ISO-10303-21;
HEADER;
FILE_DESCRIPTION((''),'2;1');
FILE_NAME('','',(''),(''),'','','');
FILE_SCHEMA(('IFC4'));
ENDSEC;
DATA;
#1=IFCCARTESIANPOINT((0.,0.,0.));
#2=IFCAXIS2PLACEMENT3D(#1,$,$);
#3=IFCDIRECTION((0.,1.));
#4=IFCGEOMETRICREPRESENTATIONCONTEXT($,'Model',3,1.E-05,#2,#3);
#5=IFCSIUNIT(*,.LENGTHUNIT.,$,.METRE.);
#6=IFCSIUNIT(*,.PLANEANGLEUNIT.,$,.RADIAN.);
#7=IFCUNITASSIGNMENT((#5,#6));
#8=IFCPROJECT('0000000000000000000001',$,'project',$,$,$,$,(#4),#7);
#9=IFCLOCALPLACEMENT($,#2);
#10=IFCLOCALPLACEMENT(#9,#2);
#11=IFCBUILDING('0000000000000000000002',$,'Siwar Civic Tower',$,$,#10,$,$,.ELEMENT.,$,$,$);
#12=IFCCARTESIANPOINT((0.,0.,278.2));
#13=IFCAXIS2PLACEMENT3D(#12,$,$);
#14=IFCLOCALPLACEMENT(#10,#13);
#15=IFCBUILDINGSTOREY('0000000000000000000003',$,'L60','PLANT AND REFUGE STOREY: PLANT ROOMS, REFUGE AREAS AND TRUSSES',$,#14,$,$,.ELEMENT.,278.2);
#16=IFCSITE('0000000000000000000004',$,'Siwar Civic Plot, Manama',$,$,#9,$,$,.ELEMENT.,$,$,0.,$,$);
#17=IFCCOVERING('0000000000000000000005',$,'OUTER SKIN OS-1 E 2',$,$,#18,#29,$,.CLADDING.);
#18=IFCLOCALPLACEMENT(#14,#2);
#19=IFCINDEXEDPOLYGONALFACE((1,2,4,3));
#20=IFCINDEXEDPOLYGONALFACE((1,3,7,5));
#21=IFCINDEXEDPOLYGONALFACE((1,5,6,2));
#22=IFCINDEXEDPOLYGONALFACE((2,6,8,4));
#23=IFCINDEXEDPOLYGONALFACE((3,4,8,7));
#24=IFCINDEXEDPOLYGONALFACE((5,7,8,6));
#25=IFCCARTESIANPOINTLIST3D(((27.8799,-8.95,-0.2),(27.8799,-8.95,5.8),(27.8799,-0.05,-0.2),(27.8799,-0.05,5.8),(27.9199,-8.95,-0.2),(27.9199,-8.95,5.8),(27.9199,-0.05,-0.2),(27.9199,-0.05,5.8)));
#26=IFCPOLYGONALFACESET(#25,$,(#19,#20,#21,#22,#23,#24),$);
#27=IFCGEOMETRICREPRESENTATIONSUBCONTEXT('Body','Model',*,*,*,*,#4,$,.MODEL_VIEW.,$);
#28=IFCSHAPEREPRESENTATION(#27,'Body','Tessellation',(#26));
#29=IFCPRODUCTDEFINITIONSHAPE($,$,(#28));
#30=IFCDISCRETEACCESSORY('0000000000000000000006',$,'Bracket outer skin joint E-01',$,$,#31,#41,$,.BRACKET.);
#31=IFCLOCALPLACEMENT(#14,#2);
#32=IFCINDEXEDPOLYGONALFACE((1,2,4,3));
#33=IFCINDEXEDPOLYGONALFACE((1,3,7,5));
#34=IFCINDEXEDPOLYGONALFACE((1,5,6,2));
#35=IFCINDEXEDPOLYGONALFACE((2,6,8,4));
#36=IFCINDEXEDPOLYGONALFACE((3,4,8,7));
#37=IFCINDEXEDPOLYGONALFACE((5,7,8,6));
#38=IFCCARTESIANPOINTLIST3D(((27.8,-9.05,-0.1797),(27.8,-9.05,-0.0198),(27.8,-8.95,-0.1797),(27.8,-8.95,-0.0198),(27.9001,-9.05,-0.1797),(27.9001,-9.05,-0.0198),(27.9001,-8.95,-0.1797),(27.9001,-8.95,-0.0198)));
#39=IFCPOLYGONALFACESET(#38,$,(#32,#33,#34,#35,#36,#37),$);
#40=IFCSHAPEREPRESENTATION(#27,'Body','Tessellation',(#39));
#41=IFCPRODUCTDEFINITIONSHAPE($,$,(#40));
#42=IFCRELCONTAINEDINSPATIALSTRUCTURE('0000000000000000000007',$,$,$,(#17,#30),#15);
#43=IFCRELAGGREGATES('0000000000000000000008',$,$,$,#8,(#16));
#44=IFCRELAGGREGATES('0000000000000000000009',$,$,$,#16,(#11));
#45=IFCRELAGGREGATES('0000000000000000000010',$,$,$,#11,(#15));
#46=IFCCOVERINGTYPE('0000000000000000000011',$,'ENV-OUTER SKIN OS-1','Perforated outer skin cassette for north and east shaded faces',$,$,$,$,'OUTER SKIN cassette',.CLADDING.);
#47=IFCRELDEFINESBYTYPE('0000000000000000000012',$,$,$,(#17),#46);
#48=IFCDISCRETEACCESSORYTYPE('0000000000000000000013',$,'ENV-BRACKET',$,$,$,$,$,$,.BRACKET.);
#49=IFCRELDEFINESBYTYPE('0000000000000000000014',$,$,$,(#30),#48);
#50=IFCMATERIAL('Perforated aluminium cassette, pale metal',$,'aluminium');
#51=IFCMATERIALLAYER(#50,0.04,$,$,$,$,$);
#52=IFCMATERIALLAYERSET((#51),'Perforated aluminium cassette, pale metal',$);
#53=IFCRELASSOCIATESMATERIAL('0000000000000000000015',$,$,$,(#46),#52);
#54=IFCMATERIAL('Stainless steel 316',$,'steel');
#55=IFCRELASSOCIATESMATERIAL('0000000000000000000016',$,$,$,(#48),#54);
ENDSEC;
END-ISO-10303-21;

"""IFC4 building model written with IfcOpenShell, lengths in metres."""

from ifc_helpers import new_model, si_unit, direction, frame, origin, origin_2d, place, context, subcontext, project, spatial, rectangle, extrude, material, layer, layer_set, type_object, element, save


model = new_model("IFC4")

# Units and contexts
model_context = context("Model", 3, precision=1e-05, world=origin(), true_north=direction((0.0, 1.0)))
body_context = subcontext(model_context, "Body", "Model", "MODEL_VIEW")
ifc_project = project(units=[si_unit("LENGTHUNIT", "METRE"), si_unit("PLANEANGLEUNIT", "RADIAN")], contexts=[model_context])

# Site, building, storey
site_placement = place(None, origin())
site = spatial("IfcSite", under=ifc_project, at=site_placement, Name="Siwar Civic Plot, Manama", CompositionType="ELEMENT", RefElevation=0.0)
building_placement = place(site_placement, origin())
building = spatial("IfcBuilding", under=site, at=building_placement, Name="Siwar Civic Tower", CompositionType="ELEMENT")
storey_placement = place(building_placement, frame((0.0, 0.0, 278.2)))
storey = spatial("IfcBuildingStorey", under=building, at=storey_placement, Name="L60", Description="PLANT AND REFUGE STOREY: PLANT ROOMS, REFUGE AREAS AND TRUSSES", CompositionType="ELEMENT", Elevation=278.2)

# Covering
ifc_material_1 = material(Name="Perforated aluminium cassette, pale metal", Category="aluminium")
ifc_layer_1 = layer(ifc_material_1, 0.04)
ifc_layer_set_1 = layer_set([ifc_layer_1], Name="Perforated aluminium cassette, pale metal")
covering_type = type_object("IfcCoveringType", Name="ENV-OUTER SKIN OS-1", Description="Perforated outer skin cassette for north and east shaded faces", ElementType="OUTER SKIN cassette", PredefinedType="CLADDING", material=ifc_layer_set_1)
covering_placement = place(storey_placement, frame((27.8999, -4.5, -0.2), z_axis=(0.0, 0.0, 1.0), x_axis=(0.0, 1.0, 0.0)))
element("IfcCovering", 1, at=covering_placement, inside=storey, type_object=covering_type, Name="OUTER SKIN OS-1 E 2", PredefinedType="CLADDING", context=body_context, shape_type="SweptSolid", body=[
    extrude(rectangle(XDim=8.8999, YDim=0.04, at=origin_2d()), origin(), (0.0, 0.0, 1.0), 6.0),
])

# Discrete accessory
ifc_material_2 = material(Name="Stainless steel 316", Category="steel")
discrete_accessory_type = type_object("IfcDiscreteAccessoryType", Name="ENV-BRACKET", PredefinedType="BRACKET", material=ifc_material_2)
discrete_accessory_placement = place(storey_placement, frame((27.8501, -9.0, -0.1797), z_axis=(0.0, 0.0, 1.0), x_axis=(1.0, 0.0, 0.0)))
element("IfcDiscreteAccessory", 2, at=discrete_accessory_placement, inside=storey, type_object=discrete_accessory_type, Name="Bracket outer skin joint E-01", PredefinedType="BRACKET", context=body_context, shape_type="SweptSolid", body=[
    extrude(rectangle(XDim=0.1001, YDim=0.1001, at=origin_2d()), origin(), (0.0, 0.0, 1.0), 0.1599),
])

save(model, "model.ifc")
